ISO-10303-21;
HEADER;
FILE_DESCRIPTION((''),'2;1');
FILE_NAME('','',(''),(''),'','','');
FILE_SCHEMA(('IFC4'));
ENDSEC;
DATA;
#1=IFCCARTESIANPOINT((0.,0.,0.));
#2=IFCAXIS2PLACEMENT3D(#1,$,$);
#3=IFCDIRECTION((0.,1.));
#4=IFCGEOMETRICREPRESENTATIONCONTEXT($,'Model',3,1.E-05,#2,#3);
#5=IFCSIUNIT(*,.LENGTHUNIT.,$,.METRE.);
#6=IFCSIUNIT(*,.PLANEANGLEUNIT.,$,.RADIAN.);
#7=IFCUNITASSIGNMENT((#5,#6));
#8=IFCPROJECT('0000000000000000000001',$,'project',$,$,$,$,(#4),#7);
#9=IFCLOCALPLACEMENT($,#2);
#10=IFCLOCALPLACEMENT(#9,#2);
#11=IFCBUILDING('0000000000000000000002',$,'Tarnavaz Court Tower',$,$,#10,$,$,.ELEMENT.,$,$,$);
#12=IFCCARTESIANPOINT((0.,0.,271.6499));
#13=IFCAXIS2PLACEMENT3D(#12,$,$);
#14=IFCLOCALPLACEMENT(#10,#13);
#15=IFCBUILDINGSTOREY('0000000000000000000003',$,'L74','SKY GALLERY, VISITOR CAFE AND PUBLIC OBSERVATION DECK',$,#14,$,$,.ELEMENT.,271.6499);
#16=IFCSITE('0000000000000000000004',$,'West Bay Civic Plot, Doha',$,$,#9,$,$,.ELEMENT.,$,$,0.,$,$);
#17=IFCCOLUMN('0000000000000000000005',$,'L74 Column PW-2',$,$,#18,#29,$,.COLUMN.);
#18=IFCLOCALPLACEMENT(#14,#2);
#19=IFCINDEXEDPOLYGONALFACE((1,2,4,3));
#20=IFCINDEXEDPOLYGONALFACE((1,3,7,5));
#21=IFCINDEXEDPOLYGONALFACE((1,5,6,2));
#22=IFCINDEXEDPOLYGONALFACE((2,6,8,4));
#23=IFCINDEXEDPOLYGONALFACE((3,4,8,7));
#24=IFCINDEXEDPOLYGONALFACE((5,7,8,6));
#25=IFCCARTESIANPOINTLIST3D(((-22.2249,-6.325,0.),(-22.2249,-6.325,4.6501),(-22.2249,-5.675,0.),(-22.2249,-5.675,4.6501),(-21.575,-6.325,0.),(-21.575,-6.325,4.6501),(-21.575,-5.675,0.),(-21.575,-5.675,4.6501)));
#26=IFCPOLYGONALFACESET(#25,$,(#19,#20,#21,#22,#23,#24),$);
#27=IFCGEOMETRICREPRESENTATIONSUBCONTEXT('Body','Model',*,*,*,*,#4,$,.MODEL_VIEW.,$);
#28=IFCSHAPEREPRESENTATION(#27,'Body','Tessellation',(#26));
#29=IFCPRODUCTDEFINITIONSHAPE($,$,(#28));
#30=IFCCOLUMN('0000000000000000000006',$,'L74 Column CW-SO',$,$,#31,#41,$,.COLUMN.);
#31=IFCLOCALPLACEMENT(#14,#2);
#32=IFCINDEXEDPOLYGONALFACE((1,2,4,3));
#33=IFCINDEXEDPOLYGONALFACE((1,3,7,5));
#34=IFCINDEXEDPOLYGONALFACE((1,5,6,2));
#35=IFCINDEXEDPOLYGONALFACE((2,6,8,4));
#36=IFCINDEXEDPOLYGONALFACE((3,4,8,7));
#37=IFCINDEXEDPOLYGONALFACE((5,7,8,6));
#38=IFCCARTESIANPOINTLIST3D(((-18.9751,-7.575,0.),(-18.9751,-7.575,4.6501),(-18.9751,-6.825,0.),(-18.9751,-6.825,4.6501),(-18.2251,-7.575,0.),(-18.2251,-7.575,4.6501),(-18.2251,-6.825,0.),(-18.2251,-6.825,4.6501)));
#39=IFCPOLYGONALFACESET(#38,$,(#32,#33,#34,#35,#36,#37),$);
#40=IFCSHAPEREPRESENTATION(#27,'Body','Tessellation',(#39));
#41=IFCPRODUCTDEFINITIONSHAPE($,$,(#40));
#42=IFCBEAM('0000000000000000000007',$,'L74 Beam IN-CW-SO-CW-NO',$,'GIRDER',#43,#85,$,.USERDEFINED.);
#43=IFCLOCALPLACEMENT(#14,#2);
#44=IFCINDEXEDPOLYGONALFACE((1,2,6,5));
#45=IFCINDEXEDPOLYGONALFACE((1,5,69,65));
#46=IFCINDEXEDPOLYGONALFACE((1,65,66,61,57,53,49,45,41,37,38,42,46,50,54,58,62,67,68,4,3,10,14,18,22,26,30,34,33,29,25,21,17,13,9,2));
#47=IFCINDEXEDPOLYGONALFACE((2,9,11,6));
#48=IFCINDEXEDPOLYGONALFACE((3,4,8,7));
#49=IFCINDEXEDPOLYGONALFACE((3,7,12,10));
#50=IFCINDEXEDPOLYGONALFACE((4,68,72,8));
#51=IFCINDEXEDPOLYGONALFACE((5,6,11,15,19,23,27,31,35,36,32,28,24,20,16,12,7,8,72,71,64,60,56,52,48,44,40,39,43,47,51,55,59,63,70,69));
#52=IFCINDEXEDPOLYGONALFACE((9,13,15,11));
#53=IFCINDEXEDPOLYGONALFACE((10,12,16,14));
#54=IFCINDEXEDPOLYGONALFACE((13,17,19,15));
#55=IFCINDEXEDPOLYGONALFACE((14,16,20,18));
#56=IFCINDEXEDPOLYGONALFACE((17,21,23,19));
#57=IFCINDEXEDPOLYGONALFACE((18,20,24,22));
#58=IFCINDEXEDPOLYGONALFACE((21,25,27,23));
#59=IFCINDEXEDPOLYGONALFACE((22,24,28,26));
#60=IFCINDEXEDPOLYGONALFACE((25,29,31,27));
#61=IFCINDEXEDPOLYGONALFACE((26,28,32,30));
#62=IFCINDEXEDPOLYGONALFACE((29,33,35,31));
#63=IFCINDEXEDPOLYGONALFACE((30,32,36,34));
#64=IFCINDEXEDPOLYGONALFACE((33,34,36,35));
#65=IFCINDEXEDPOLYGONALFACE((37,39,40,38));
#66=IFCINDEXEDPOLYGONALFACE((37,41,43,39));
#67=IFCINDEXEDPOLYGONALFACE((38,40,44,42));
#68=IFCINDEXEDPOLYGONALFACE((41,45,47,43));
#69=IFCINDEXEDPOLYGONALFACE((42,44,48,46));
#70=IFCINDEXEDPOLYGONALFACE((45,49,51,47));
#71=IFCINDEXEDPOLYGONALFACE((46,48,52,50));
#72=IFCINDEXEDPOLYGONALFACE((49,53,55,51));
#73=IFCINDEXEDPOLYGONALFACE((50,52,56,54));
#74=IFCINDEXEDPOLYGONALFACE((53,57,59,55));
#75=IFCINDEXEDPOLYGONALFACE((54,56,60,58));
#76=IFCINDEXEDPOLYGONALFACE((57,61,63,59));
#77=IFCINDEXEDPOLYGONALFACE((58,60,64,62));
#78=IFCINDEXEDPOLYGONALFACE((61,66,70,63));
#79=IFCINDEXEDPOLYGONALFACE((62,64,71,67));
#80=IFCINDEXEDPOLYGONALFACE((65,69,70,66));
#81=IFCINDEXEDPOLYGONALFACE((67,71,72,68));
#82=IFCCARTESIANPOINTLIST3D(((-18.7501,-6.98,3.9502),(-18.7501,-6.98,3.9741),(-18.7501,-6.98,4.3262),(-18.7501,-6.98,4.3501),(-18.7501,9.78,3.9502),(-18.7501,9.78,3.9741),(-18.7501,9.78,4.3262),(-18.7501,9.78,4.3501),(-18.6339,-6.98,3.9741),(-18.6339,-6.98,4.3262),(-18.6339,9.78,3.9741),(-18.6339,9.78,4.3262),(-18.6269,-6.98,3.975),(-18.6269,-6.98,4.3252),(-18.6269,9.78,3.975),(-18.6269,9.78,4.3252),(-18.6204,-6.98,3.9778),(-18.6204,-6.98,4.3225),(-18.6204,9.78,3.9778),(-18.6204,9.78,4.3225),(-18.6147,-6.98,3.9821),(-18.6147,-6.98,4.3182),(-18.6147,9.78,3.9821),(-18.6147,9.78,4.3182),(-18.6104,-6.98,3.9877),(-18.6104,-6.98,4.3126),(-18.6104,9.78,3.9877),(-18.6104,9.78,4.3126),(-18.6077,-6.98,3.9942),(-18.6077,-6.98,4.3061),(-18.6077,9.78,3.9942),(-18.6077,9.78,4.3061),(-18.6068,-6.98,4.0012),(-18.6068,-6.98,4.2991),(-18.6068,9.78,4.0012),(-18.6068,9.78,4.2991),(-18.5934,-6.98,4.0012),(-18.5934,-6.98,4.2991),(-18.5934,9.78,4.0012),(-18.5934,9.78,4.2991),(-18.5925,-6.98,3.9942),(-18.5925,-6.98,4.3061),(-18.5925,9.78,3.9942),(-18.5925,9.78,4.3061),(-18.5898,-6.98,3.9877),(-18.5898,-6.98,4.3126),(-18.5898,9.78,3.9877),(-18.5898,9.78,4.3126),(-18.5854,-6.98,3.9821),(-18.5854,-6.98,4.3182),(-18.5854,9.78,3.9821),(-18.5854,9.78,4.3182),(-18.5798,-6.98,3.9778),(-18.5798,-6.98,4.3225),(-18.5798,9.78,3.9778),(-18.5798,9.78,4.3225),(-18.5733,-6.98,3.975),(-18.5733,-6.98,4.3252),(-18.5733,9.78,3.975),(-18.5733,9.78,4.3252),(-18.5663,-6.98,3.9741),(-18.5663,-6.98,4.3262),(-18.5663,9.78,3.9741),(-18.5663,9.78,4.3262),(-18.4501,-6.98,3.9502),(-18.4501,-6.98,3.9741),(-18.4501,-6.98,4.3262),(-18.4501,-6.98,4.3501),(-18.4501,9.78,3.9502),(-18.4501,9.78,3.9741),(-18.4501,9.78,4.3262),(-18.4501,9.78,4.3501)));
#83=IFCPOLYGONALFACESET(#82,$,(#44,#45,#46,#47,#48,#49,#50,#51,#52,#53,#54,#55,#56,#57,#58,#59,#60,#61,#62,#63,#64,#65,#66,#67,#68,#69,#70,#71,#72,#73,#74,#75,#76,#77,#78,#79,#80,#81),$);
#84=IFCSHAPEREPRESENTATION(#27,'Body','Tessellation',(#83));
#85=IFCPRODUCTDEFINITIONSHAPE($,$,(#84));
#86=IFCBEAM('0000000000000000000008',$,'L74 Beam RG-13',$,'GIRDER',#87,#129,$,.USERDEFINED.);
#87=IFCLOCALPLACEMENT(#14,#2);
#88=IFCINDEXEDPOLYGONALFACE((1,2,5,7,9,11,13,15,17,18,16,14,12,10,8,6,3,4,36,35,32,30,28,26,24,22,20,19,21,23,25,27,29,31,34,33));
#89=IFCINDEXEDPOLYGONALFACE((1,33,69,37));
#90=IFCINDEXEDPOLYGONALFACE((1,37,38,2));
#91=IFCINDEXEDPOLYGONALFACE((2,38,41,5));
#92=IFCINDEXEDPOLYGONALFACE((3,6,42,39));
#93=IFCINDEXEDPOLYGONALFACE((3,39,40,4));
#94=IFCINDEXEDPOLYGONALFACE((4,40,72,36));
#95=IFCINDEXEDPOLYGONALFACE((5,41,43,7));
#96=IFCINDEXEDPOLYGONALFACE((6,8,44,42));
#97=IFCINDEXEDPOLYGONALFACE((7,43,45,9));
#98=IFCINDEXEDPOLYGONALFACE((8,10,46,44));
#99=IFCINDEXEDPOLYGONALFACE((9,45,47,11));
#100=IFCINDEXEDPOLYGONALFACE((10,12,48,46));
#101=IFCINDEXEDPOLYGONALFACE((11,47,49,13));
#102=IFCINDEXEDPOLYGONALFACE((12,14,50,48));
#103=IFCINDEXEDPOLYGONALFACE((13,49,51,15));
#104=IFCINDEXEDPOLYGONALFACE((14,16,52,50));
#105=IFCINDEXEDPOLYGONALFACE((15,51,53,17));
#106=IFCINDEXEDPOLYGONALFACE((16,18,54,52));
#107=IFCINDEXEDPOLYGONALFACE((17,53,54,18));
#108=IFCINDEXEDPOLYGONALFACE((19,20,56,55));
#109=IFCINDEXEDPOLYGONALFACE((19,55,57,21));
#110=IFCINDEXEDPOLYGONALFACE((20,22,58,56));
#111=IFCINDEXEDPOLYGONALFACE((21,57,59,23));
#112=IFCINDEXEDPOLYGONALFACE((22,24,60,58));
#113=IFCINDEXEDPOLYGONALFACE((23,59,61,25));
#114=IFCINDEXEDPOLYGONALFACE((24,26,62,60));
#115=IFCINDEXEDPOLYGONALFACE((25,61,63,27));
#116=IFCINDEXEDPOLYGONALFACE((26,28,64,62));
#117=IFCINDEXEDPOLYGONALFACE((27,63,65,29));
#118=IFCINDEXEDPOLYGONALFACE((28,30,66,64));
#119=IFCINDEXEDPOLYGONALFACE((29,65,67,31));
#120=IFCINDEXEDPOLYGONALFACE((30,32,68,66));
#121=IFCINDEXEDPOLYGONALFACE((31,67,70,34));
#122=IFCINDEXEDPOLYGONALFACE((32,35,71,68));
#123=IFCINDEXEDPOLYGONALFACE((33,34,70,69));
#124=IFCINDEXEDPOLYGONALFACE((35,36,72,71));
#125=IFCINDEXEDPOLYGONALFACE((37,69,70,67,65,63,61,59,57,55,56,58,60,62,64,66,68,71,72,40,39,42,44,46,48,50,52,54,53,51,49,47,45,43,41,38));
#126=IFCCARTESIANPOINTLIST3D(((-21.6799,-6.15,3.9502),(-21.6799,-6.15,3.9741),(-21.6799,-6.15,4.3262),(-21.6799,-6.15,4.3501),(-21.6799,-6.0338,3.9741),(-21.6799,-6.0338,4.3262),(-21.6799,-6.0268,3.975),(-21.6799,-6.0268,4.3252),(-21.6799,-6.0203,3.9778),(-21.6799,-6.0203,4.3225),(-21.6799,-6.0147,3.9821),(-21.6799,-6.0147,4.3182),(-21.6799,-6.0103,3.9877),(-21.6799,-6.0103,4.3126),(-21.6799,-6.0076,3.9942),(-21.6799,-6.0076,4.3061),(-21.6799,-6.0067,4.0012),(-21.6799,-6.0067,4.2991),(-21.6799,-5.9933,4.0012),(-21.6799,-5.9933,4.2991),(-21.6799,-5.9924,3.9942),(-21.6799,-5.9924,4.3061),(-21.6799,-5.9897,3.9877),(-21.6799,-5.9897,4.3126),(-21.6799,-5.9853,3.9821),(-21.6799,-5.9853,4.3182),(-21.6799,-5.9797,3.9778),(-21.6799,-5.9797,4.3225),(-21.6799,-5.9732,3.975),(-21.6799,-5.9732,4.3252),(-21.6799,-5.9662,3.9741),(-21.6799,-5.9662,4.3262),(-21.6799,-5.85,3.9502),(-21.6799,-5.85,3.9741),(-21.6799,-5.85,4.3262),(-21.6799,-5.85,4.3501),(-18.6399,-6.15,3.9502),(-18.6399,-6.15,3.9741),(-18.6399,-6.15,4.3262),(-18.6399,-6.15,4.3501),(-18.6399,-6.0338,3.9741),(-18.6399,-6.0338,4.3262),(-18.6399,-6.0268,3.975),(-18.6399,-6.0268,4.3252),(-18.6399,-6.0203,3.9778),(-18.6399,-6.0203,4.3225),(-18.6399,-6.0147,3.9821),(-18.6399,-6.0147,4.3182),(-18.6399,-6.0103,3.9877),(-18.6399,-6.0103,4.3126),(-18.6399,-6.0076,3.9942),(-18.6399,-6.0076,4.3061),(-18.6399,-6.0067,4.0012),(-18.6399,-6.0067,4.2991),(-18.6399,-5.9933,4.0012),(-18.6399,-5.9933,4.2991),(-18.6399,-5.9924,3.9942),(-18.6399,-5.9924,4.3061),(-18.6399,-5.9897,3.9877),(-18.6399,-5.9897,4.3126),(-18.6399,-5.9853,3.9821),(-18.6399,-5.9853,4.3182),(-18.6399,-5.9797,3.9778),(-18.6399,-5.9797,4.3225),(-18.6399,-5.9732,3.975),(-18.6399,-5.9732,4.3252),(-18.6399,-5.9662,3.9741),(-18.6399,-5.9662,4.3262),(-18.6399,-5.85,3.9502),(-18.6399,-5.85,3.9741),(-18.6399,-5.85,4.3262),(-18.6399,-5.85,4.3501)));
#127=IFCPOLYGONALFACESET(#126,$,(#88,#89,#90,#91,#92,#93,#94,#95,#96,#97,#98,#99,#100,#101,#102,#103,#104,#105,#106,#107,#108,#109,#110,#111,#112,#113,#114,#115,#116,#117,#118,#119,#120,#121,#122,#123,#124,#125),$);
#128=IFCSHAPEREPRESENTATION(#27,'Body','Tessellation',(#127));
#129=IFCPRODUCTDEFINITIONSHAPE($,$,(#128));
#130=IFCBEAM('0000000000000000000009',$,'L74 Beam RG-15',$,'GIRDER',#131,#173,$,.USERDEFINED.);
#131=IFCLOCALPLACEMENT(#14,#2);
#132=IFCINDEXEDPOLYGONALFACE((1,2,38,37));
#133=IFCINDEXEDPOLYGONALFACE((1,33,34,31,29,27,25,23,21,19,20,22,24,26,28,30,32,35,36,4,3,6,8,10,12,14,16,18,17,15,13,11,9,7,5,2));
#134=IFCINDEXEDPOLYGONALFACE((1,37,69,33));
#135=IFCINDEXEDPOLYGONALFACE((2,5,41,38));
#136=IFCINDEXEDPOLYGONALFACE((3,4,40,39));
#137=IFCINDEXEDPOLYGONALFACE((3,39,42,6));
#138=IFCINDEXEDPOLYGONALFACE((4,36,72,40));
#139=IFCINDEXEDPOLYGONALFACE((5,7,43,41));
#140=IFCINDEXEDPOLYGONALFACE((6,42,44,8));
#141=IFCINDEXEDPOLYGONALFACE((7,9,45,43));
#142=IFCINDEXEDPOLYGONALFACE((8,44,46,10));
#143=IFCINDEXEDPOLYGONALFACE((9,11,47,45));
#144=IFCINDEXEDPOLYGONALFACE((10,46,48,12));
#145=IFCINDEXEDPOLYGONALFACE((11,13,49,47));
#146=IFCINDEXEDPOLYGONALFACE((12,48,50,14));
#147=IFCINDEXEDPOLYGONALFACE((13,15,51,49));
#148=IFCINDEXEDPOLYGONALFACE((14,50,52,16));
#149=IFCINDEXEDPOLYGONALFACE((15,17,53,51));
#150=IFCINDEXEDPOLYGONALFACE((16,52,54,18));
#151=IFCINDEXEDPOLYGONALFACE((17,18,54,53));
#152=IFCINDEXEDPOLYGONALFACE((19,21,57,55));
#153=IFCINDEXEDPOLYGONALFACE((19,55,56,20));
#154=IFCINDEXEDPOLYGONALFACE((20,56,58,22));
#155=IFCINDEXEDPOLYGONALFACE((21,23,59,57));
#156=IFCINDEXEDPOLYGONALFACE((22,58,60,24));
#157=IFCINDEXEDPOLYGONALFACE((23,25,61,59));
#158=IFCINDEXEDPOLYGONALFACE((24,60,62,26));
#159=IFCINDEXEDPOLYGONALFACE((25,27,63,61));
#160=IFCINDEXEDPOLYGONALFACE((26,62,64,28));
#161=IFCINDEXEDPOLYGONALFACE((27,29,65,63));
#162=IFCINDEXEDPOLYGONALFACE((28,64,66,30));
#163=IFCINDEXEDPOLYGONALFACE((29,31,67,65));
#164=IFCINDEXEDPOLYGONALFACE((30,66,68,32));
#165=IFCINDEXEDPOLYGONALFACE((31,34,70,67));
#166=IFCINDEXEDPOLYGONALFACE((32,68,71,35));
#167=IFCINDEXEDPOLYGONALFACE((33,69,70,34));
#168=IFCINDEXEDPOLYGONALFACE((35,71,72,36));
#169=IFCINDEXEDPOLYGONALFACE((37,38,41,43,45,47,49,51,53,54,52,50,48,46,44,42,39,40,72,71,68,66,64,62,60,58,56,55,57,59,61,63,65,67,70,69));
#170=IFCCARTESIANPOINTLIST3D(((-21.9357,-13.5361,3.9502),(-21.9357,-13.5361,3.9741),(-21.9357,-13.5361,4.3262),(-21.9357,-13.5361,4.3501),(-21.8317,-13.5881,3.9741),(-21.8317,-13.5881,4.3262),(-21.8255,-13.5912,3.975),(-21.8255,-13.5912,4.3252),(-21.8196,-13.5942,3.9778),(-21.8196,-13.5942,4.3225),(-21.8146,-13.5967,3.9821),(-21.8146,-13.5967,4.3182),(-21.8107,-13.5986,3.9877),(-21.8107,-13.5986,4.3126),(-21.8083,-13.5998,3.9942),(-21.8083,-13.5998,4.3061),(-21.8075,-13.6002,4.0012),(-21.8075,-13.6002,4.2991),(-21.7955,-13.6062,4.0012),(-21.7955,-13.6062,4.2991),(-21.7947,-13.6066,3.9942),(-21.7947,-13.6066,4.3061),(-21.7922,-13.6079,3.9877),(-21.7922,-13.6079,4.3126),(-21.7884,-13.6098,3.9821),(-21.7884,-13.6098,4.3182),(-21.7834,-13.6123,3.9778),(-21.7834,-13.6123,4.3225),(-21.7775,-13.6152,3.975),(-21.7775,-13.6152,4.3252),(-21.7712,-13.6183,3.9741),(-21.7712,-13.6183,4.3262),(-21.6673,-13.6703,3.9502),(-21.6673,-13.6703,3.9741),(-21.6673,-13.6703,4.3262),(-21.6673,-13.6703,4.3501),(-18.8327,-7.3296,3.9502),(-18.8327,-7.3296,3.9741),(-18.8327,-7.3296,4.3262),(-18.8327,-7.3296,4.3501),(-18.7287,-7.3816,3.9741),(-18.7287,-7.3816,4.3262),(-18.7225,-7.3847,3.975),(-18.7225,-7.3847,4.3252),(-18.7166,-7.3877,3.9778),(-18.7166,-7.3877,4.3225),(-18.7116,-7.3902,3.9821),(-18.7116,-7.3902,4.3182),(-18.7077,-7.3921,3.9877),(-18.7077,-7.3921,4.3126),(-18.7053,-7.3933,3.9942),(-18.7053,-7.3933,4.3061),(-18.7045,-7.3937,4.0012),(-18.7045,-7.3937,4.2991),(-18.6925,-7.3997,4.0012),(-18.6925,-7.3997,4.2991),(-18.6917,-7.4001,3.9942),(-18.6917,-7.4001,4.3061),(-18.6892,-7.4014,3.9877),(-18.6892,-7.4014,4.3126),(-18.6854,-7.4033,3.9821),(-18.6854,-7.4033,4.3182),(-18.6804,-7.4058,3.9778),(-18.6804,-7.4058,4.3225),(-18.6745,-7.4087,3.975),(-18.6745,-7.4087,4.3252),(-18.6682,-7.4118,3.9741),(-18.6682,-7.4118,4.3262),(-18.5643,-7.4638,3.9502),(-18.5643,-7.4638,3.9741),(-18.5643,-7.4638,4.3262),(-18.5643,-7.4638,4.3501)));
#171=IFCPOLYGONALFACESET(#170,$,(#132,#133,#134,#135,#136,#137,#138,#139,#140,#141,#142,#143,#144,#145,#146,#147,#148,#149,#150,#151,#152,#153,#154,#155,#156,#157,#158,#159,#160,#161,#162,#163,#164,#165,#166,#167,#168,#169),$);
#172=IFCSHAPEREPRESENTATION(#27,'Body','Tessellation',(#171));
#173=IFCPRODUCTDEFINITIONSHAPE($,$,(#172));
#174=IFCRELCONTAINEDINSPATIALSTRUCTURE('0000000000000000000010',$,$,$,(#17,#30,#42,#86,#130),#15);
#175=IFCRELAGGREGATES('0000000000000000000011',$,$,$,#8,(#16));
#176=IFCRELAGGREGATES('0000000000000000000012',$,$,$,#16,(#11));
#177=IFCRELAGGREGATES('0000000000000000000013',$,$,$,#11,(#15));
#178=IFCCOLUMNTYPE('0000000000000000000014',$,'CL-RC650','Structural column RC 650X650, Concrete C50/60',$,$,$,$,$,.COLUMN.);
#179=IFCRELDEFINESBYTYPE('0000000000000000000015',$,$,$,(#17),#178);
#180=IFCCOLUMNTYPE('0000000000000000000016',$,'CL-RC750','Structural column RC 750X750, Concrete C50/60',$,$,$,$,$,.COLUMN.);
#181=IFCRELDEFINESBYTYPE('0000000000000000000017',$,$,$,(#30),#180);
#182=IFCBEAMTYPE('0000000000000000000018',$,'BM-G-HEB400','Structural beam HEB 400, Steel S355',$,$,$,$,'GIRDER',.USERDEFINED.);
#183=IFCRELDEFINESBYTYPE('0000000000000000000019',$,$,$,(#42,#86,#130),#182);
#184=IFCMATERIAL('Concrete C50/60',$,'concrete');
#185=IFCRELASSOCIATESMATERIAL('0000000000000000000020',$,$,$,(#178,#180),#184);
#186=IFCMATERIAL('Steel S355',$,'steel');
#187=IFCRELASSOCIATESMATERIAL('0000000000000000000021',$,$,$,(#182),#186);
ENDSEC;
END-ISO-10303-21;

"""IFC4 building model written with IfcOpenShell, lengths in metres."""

from ifc_helpers import new_model, si_unit, direction, frame, origin, origin_2d, place, context, subcontext, project, spatial, rectangle, i_section, extrude, material, material_profile, profile_set, type_object, element, save


model = new_model("IFC4")

# Units and contexts
model_context = context("Model", 3, precision=1e-05, world=origin(), true_north=direction((0.0, 1.0)))
body_context = subcontext(model_context, "Body", "Model", "MODEL_VIEW")
ifc_project = project(units=[si_unit("LENGTHUNIT", "METRE"), si_unit("PLANEANGLEUNIT", "RADIAN")], contexts=[model_context])

# Site, building, storey
site_placement = place(None, origin())
site = spatial("IfcSite", under=ifc_project, at=site_placement, Name="West Bay Civic Plot, Doha", CompositionType="ELEMENT", RefElevation=0.0)
building_placement = place(site_placement, origin())
building = spatial("IfcBuilding", under=site, at=building_placement, Name="Tarnavaz Court Tower", CompositionType="ELEMENT")
storey_placement = place(building_placement, frame((0.0, 0.0, 271.6499)))
storey = spatial("IfcBuildingStorey", under=building, at=storey_placement, Name="L74", Description="SKY GALLERY, VISITOR CAFE AND PUBLIC OBSERVATION DECK", CompositionType="ELEMENT", Elevation=271.6499)

# Columns
ifc_material_1 = material(Name="Concrete C50/60", Category="concrete")
ifc_material_profile_1 = material_profile(ifc_material_1, rectangle(XDim=0.6499, YDim=0.6499, at=origin_2d()), Name="RC 650X650")
ifc_profile_set_1 = profile_set([ifc_material_profile_1], Name="Concrete C50/60")
column_type_1 = type_object("IfcColumnType", Name="CL-RC650", Description="Structural column RC 650X650, Concrete C50/60", PredefinedType="COLUMN", material=ifc_profile_set_1)
column_1_placement = place(storey_placement, frame((-21.8999, -6.0, 0.0), z_axis=(0.0, 0.0, 1.0), x_axis=(1.0, 0.0, 0.0)))
element("IfcColumn", 1, at=column_1_placement, inside=storey, type_object=column_type_1, Name="L74 Column PW-2", PredefinedType="COLUMN", context=body_context, shape_type="SweptSolid", body=[
    extrude(rectangle(XDim=0.6499, YDim=0.6499, at=origin_2d()), origin(), (0.0, 0.0, 1.0), 4.6501),
])
ifc_material_profile_2 = material_profile(ifc_material_1, rectangle(XDim=0.75, YDim=0.75, at=origin_2d()), Name="RC 750X750")
ifc_profile_set_2 = profile_set([ifc_material_profile_2], Name="Concrete C50/60")
column_type_2 = type_object("IfcColumnType", Name="CL-RC750", Description="Structural column RC 750X750, Concrete C50/60", PredefinedType="COLUMN", material=ifc_profile_set_2)
column_2_placement = place(storey_placement, frame((-18.6001, -7.2, 0.0), z_axis=(0.0, 0.0, 1.0), x_axis=(1.0, 0.0, 0.0)))
element("IfcColumn", 2, at=column_2_placement, inside=storey, type_object=column_type_2, Name="L74 Column CW-SO", PredefinedType="COLUMN", context=body_context, shape_type="SweptSolid", body=[
    extrude(rectangle(XDim=0.75, YDim=0.75, at=origin_2d()), origin(), (0.0, 0.0, 1.0), 4.6501),
])

# Beams
ifc_material_2 = material(Name="Steel S355", Category="steel")
ifc_material_profile_3 = material_profile(ifc_material_2, i_section(OverallWidth=0.3, OverallDepth=0.3999, WebThickness=0.0134, FlangeThickness=0.0239, FilletRadius=0.0271, at=origin_2d()), Name="HEB 400")
ifc_profile_set_3 = profile_set([ifc_material_profile_3], Name="Steel S355")
beam_type_1 = type_object("IfcBeamType", Name="BM-G-HEB400", Description="Structural beam HEB 400, Steel S355", ElementType="GIRDER", PredefinedType="USERDEFINED", material=ifc_profile_set_3)
beam_1_placement = place(storey_placement, frame((-18.6001, -6.98, 4.1501), z_axis=(0.0, 1.0, 0.0), x_axis=(-1.0, 0.0, 0.0)))
element("IfcBeam", 3, at=beam_1_placement, inside=storey, type_object=beam_type_1, Name="L74 Beam IN-CW-SO-CW-NO", ObjectType="GIRDER", PredefinedType="USERDEFINED", context=body_context, shape_type="SweptSolid", body=[
    extrude(i_section(OverallWidth=0.3, OverallDepth=0.3999, WebThickness=0.0134, FlangeThickness=0.0239, FilletRadius=0.0271, at=origin_2d()), origin(), (0.0, 0.0, 1.0), 16.76),
])
beam_2_placement = place(storey_placement, frame((-18.6399, -6.0, 4.1501), z_axis=(-1.0, 0.0, 0.0), x_axis=(0.0, -1.0, 0.0)))
element("IfcBeam", 4, at=beam_2_placement, inside=storey, type_object=beam_type_1, Name="L74 Beam RG-13", ObjectType="GIRDER", PredefinedType="USERDEFINED", context=body_context, shape_type="SweptSolid", body=[
    extrude(i_section(OverallWidth=0.3, OverallDepth=0.3999, WebThickness=0.0134, FlangeThickness=0.0239, FilletRadius=0.0271, at=origin_2d()), origin(), (0.0, 0.0, 1.0), 3.04),
])
beam_3_placement = place(storey_placement, frame((-18.6985, -7.3967, 4.1501), z_axis=(-0.447185, -0.894441, 0.0), x_axis=(0.894441, -0.447185, 0.0)))
element("IfcBeam", 5, at=beam_3_placement, inside=storey, type_object=beam_type_1, Name="L74 Beam RG-15", ObjectType="GIRDER", PredefinedType="USERDEFINED", context=body_context, shape_type="SweptSolid", body=[
    extrude(i_section(OverallWidth=0.3, OverallDepth=0.3999, WebThickness=0.0134, FlangeThickness=0.0239, FilletRadius=0.0271, at=origin_2d()), origin(), (0.0, 0.0, 1.0), 6.939),
])

save(model, "model.ifc")
